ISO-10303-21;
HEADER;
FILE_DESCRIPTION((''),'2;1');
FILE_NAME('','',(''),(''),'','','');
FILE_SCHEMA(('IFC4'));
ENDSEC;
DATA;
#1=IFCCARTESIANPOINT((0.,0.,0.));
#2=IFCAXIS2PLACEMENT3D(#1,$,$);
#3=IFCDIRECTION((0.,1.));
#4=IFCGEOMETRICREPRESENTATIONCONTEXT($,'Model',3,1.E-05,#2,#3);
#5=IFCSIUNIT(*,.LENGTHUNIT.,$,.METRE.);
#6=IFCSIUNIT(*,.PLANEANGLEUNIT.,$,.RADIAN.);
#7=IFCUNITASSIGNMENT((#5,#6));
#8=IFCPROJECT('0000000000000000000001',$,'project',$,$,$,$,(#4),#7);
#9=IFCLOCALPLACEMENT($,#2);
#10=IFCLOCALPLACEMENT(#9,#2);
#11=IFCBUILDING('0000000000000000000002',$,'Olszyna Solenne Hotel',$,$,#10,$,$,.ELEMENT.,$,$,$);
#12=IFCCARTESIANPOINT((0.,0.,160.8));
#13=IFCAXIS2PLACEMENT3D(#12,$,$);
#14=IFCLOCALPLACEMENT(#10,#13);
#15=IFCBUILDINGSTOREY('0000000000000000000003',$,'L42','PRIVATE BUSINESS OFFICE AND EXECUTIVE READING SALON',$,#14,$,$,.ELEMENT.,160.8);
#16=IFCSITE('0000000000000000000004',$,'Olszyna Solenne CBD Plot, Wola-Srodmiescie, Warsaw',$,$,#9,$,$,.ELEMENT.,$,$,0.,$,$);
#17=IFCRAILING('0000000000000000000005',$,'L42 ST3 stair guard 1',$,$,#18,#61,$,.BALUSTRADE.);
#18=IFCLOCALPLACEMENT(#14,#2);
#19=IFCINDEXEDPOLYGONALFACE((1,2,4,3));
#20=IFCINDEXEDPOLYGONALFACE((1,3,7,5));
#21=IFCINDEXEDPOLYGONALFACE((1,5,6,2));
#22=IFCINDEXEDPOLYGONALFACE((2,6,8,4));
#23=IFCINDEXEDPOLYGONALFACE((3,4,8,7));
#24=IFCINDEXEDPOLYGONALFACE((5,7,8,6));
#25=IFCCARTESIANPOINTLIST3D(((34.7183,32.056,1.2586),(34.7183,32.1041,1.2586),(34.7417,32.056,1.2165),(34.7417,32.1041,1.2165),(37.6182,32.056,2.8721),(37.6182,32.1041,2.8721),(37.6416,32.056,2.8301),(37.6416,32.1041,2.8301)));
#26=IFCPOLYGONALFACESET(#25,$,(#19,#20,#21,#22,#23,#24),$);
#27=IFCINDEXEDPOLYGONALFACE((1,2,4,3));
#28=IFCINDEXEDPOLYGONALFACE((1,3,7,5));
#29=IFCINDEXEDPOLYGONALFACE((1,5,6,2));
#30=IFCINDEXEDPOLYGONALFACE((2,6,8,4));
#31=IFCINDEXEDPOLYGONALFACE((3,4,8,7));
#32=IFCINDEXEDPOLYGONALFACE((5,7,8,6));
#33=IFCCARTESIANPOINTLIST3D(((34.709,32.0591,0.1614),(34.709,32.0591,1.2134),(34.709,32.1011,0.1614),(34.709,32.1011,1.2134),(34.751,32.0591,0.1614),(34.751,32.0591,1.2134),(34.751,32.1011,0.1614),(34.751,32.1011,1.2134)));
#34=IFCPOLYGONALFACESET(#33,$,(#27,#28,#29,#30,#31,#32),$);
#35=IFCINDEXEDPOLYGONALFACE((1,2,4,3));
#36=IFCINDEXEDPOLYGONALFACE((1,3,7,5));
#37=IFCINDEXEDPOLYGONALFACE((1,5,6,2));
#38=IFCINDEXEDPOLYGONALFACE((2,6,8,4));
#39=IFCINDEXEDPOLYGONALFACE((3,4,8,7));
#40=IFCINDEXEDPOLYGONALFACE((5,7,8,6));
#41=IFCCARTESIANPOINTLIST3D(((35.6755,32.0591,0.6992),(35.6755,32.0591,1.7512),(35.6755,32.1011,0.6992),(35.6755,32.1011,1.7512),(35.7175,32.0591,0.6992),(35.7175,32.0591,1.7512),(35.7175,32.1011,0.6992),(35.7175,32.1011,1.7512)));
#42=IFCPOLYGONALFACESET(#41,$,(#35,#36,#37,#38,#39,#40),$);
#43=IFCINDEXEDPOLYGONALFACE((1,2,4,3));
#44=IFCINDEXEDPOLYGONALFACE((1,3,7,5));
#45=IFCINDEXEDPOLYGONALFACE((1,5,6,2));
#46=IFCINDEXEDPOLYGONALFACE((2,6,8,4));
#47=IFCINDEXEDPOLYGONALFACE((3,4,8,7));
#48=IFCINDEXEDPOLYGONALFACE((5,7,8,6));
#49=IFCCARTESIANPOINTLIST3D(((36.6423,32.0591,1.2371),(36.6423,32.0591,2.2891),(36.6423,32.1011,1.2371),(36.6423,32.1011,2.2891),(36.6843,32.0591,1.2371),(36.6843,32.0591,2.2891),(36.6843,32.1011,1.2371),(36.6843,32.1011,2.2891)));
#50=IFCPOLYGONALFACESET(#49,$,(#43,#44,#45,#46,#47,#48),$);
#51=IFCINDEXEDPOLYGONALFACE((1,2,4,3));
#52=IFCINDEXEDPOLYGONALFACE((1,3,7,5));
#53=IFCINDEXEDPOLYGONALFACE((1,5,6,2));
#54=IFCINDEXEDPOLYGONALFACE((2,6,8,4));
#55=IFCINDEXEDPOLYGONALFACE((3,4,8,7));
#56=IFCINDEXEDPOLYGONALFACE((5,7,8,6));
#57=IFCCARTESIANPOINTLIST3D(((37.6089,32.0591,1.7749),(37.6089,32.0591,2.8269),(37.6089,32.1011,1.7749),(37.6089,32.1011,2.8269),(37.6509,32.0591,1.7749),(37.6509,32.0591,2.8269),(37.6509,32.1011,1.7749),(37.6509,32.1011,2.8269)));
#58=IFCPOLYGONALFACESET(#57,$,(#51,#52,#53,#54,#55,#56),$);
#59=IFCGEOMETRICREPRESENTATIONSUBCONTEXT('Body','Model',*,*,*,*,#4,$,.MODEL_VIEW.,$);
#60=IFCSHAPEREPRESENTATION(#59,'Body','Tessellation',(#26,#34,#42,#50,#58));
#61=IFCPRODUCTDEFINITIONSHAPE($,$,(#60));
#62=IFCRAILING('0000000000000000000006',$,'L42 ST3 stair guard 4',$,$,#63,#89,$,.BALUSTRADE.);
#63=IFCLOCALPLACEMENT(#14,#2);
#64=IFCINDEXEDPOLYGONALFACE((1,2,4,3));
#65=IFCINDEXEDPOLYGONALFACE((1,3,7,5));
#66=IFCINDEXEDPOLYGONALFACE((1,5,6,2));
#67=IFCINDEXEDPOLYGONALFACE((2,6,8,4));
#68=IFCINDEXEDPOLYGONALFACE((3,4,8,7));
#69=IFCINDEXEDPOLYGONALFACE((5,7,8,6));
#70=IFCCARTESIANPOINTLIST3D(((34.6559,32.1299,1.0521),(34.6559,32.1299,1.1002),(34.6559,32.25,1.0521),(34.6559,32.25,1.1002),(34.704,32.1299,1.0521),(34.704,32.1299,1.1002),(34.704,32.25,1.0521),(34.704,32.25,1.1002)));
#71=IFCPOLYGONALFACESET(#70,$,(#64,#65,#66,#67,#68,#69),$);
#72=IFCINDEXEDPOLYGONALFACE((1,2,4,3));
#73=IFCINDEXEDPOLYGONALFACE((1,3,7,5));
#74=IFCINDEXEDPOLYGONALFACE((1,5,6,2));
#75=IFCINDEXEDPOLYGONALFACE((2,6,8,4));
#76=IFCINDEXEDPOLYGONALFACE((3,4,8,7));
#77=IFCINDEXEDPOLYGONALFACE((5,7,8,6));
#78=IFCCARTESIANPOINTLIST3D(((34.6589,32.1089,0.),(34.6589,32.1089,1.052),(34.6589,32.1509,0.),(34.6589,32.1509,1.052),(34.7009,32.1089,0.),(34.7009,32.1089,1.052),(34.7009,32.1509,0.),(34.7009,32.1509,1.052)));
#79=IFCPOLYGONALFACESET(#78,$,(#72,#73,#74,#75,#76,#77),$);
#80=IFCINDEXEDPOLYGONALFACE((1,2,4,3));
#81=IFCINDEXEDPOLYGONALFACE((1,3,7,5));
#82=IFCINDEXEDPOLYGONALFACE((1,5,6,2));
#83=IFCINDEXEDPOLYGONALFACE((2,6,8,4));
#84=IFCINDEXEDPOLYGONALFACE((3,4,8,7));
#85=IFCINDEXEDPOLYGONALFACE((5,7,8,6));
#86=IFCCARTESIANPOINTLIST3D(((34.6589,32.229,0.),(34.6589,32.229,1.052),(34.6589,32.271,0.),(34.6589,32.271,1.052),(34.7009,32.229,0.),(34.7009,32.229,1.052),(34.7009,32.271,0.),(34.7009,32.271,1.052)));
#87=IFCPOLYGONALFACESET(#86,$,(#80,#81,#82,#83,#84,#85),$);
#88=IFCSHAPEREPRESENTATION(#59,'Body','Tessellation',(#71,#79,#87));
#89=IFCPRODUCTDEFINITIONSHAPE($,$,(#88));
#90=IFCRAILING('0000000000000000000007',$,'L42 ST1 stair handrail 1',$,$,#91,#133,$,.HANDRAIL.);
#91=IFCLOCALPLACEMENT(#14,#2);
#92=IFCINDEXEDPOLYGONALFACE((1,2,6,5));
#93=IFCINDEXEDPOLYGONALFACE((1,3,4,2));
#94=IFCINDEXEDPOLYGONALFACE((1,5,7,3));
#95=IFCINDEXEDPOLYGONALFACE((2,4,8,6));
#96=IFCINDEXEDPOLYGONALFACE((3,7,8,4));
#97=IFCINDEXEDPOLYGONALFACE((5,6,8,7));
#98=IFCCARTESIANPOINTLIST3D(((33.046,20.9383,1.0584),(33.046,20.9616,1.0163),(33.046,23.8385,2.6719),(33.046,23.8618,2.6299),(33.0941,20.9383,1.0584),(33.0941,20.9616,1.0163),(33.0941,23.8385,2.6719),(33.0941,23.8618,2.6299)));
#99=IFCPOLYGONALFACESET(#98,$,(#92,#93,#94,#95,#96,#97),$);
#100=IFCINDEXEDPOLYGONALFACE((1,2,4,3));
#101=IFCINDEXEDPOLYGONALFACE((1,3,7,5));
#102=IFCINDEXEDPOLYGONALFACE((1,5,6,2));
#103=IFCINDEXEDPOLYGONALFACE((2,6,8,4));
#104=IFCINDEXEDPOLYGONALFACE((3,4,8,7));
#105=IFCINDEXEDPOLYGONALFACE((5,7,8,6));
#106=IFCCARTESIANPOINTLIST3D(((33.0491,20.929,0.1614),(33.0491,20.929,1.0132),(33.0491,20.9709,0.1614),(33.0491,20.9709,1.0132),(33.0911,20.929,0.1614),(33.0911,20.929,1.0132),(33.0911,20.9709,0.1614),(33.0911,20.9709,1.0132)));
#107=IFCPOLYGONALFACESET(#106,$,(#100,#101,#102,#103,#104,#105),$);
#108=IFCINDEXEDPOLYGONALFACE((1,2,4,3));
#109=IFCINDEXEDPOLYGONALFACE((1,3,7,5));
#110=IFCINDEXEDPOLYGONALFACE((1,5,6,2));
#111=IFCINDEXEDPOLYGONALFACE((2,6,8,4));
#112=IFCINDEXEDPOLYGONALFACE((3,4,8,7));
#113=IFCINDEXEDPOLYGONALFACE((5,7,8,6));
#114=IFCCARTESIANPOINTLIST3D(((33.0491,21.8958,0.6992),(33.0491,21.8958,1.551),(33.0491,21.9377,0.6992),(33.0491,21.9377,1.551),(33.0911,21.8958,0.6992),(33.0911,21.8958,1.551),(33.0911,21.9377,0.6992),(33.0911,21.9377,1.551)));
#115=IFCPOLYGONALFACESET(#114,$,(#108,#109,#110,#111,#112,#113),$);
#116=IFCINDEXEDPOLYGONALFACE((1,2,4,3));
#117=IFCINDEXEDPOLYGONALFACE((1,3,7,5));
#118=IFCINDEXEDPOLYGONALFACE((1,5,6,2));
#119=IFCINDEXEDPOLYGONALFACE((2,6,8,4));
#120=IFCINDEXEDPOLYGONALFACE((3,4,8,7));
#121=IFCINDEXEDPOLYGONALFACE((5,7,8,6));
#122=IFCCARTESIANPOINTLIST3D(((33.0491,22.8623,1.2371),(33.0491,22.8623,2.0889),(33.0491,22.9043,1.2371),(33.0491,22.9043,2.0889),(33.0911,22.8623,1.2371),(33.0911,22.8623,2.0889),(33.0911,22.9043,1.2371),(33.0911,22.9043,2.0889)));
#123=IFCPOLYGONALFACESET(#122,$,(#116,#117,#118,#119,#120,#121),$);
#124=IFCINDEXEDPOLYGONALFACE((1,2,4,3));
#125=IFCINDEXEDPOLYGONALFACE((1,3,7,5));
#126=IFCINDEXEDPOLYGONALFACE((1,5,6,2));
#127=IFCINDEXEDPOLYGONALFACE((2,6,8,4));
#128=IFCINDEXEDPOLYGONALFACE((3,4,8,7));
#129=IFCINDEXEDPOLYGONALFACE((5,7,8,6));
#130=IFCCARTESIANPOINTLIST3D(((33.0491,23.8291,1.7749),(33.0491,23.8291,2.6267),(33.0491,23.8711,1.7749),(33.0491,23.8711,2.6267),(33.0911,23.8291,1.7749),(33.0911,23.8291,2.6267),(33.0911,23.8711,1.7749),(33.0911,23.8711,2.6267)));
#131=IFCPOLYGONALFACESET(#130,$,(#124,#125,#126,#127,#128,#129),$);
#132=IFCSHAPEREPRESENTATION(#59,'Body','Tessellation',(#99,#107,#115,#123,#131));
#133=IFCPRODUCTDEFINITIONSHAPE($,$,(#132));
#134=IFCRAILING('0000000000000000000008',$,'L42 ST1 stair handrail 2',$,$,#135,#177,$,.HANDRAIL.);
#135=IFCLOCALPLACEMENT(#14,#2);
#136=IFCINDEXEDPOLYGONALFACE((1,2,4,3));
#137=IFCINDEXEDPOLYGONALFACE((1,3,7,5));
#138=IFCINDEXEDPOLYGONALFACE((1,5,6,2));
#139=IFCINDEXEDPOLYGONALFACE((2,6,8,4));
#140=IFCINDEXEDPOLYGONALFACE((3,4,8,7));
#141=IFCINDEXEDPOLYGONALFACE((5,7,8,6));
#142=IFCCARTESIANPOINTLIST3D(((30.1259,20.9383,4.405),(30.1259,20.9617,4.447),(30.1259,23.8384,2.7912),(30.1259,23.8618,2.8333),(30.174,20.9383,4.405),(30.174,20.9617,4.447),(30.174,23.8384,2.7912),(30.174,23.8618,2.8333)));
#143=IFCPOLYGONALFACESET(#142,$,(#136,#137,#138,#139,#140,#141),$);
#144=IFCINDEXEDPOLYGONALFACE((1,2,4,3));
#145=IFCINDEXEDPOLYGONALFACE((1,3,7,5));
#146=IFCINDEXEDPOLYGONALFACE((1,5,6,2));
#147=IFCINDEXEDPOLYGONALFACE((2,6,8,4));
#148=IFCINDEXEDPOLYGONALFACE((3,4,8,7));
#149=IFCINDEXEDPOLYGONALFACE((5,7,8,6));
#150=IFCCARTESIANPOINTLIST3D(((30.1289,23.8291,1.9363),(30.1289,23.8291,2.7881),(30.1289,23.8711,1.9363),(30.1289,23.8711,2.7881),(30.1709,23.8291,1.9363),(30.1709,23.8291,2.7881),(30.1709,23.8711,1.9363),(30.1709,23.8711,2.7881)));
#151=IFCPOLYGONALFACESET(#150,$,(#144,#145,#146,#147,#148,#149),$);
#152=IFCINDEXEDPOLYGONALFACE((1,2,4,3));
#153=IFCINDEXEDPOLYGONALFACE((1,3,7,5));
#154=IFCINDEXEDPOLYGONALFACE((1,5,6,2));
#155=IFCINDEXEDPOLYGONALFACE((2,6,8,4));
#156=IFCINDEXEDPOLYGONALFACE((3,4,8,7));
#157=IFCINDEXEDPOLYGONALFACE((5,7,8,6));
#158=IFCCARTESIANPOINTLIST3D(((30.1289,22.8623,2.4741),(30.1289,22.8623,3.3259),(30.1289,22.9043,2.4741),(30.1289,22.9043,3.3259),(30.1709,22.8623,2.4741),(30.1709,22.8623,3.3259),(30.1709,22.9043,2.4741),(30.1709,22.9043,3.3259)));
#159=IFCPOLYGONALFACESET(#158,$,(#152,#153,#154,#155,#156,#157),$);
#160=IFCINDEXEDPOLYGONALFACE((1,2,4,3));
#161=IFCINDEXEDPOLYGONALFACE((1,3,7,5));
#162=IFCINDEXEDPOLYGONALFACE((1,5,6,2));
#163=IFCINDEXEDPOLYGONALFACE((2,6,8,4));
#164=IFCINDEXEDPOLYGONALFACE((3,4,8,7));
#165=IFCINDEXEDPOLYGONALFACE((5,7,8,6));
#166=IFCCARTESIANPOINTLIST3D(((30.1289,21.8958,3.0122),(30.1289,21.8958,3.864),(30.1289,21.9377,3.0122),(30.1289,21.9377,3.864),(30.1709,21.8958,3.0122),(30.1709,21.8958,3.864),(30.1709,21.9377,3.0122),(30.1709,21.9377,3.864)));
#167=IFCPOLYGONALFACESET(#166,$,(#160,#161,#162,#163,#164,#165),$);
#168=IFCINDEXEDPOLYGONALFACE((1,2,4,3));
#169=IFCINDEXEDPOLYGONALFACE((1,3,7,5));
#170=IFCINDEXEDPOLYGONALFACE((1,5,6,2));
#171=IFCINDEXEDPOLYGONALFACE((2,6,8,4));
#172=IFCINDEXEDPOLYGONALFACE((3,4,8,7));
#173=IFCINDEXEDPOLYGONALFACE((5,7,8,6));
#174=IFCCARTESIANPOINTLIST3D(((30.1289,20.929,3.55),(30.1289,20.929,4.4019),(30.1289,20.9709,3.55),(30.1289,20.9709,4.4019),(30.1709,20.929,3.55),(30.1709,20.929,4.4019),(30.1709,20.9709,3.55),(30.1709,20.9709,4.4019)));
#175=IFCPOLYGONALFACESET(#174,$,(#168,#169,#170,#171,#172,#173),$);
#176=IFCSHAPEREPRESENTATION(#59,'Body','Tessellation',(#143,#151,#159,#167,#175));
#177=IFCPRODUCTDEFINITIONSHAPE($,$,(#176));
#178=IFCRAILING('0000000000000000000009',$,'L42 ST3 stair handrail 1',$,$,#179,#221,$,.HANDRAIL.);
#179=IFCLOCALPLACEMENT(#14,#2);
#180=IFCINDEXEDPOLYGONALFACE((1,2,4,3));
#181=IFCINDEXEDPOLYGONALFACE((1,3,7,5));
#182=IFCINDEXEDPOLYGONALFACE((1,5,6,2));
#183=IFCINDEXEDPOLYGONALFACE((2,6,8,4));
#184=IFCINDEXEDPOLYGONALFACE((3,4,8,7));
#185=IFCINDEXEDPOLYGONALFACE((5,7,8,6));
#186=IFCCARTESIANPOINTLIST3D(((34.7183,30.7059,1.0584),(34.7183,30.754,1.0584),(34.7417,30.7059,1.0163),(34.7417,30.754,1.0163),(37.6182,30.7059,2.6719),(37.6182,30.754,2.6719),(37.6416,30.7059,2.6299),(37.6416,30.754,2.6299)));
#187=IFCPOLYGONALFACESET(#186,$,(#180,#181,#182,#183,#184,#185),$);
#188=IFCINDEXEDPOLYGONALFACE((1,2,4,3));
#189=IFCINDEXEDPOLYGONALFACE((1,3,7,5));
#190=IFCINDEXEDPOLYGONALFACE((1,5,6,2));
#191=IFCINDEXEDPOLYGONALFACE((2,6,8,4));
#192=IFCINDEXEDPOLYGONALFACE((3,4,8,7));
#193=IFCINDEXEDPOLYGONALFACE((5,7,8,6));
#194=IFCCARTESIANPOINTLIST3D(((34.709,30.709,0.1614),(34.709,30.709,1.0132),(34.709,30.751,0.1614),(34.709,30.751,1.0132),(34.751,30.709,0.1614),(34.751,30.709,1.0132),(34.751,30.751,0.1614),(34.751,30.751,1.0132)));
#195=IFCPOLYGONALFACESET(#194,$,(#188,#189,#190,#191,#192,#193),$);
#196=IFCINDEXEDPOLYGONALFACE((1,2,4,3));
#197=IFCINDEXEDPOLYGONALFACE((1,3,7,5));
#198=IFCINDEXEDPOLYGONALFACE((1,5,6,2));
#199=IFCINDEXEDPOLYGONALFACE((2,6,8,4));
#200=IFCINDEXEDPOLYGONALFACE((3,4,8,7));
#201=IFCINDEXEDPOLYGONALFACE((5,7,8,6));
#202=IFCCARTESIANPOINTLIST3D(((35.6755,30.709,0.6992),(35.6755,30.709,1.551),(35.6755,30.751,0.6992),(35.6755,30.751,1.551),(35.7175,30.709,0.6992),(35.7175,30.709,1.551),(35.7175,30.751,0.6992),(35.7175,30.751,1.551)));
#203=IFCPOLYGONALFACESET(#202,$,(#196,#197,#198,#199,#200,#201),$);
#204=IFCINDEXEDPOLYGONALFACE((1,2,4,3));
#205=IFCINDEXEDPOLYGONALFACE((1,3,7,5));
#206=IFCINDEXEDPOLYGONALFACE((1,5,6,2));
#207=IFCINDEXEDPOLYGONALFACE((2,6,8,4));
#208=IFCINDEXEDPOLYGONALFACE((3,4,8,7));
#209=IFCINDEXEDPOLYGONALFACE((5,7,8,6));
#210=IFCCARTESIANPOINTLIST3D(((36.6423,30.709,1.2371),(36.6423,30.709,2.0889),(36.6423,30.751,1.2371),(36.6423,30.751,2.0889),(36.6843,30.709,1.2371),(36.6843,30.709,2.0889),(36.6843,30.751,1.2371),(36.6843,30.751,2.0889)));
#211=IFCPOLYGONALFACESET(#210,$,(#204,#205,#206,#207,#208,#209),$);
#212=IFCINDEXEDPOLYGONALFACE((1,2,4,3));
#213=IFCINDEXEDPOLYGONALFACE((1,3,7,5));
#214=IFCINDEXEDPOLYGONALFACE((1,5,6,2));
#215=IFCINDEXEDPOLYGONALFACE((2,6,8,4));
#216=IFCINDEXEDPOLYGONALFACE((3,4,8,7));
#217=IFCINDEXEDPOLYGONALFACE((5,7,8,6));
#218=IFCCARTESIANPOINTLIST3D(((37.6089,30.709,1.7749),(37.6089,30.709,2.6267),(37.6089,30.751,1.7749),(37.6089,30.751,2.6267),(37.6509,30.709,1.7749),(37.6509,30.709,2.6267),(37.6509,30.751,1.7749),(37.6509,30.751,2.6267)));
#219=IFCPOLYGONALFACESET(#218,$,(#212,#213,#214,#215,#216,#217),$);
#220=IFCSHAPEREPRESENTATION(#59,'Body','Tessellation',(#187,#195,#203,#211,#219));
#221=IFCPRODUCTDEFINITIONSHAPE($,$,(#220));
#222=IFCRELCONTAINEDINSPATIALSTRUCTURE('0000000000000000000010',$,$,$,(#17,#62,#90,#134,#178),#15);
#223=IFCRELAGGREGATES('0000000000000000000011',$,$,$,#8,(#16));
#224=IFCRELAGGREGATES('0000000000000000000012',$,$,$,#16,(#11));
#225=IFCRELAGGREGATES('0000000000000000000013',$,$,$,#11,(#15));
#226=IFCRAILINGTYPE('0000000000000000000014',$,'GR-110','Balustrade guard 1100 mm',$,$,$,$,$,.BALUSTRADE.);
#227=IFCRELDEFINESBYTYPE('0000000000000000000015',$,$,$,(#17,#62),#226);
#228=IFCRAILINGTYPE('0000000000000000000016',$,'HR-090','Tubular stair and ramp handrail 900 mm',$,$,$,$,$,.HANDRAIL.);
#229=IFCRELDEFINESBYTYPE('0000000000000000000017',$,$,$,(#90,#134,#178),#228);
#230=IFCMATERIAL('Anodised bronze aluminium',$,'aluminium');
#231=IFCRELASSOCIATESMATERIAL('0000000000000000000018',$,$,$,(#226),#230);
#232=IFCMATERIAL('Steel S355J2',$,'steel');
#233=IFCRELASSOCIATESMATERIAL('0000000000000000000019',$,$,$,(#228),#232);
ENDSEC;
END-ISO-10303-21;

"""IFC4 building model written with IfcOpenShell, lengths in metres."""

from ifc_helpers import new_model, si_unit, direction, frame, origin, origin_2d, place, context, subcontext, project, spatial, rectangle, extrude, material, type_object, element, save


model = new_model("IFC4")

# Units and contexts
model_context = context("Model", 3, precision=1e-05, world=origin(), true_north=direction((0.0, 1.0)))
body_context = subcontext(model_context, "Body", "Model", "MODEL_VIEW")
ifc_project = project(units=[si_unit("LENGTHUNIT", "METRE"), si_unit("PLANEANGLEUNIT", "RADIAN")], contexts=[model_context])

# Site, building, storey
site_placement = place(None, origin())
site = spatial("IfcSite", under=ifc_project, at=site_placement, Name="Olszyna Solenne CBD Plot, Wola-Srodmiescie, Warsaw", CompositionType="ELEMENT", RefElevation=0.0)
building_placement = place(site_placement, origin())
building = spatial("IfcBuilding", under=site, at=building_placement, Name="Olszyna Solenne Hotel", CompositionType="ELEMENT")
storey_placement = place(building_placement, frame((0.0, 0.0, 160.8)))
storey = spatial("IfcBuildingStorey", under=building, at=storey_placement, Name="L42", Description="PRIVATE BUSINESS OFFICE AND EXECUTIVE READING SALON", CompositionType="ELEMENT", Elevation=160.8)

# Shared definitions
ifc_material_1 = material(Name="Steel S355J2", Category="steel")

# Railings
ifc_material_2 = material(Name="Anodised bronze aluminium", Category="aluminium")
railing_type_1 = type_object("IfcRailingType", Name="GR-110", Description="Balustrade guard 1100 mm", PredefinedType="BALUSTRADE", material=ifc_material_2)
railing_1_placement = place(storey_placement, frame((34.73, 32.0801, 0.1614)))
element("IfcRailing", 1, at=railing_1_placement, inside=storey, type_object=railing_type_1, Name="L42 ST3 stair guard 1", PredefinedType="BALUSTRADE", context=body_context, shape_type="SweptSolid", body=[
    extrude(rectangle(XDim=0.0481, YDim=0.0481, at=origin_2d()), frame((0.0, 0.0, 1.0762), z_axis=(0.873841, 0.0, 0.486211), x_axis=(0.0, 1.0, 0.0)), (0.0, 0.0, 1.0), 3.3186),
    extrude(rectangle(XDim=0.042, YDim=0.042, at=origin_2d()), origin(), (0.0, 0.0, 1.0), 1.052),
    extrude(rectangle(XDim=0.042, YDim=0.042, at=origin_2d()), frame((0.9666, 0.0, 0.5378)), (0.0, 0.0, 1.0), 1.052),
    extrude(rectangle(XDim=0.042, YDim=0.042, at=origin_2d()), frame((1.9333, 0.0, 1.0757)), (0.0, 0.0, 1.0), 1.052),
    extrude(rectangle(XDim=0.042, YDim=0.042, at=origin_2d()), frame((2.8999, 0.0, 1.6135)), (0.0, 0.0, 1.0), 1.052),
])
railing_2_placement = place(storey_placement, frame((34.6799, 32.1299, 0.0)))
element("IfcRailing", 2, at=railing_2_placement, inside=storey, type_object=railing_type_1, Name="L42 ST3 stair guard 4", PredefinedType="BALUSTRADE", context=body_context, shape_type="SweptSolid", body=[
    extrude(rectangle(XDim=0.0481, YDim=0.0481, at=origin_2d()), frame((0.0, 0.0, 1.0762), z_axis=(0.0, 1.0, 0.0), x_axis=(-1.0, 0.0, 0.0)), (0.0, 0.0, 1.0), 0.1201),
    extrude(rectangle(XDim=0.042, YDim=0.042, at=origin_2d()), origin(), (0.0, 0.0, 1.0), 1.052),
    extrude(rectangle(XDim=0.042, YDim=0.042, at=origin_2d()), frame((0.0, 0.1201, 0.0)), (0.0, 0.0, 1.0), 1.052),
])
railing_type_2 = type_object("IfcRailingType", Name="HR-090", Description="Tubular stair and ramp handrail 900 mm", PredefinedType="HANDRAIL", material=ifc_material_1)
railing_3_placement = place(storey_placement, frame((33.0701, 20.95, 0.1614)))
element("IfcRailing", 3, at=railing_3_placement, inside=storey, type_object=railing_type_2, Name="L42 ST1 stair handrail 1", PredefinedType="HANDRAIL", context=body_context, shape_type="SweptSolid", body=[
    extrude(rectangle(XDim=0.0481, YDim=0.0481, at=origin_2d()), frame((0.0, 0.0, 0.876), z_axis=(0.0, 0.873859, 0.48618), x_axis=(-1.0, 0.0, 0.0)), (0.0, 0.0, 1.0), 3.3188),
    extrude(rectangle(XDim=0.042, YDim=0.042, at=origin_2d()), origin(), (0.0, 0.0, 1.0), 0.8518),
    extrude(rectangle(XDim=0.042, YDim=0.042, at=origin_2d()), frame((0.0, 0.9668, 0.5378)), (0.0, 0.0, 1.0), 0.8518),
    extrude(rectangle(XDim=0.042, YDim=0.042, at=origin_2d()), frame((0.0, 1.9333, 1.0757)), (0.0, 0.0, 1.0), 0.8518),
    extrude(rectangle(XDim=0.042, YDim=0.042, at=origin_2d()), frame((0.0, 2.9001, 1.6135)), (0.0, 0.0, 1.0), 0.8518),
])
railing_4_placement = place(storey_placement, frame((30.1499, 23.8501, 1.9363)))
element("IfcRailing", 4, at=railing_4_placement, inside=storey, type_object=railing_type_2, Name="L42 ST1 stair handrail 2", PredefinedType="HANDRAIL", context=body_context, shape_type="SweptSolid", body=[
    extrude(rectangle(XDim=0.0481, YDim=0.0481, at=origin_2d()), frame((0.0, 0.0, 0.876), z_axis=(0.0, -0.873827, 0.486236), x_axis=(1.0, 0.0, 0.0)), (0.0, 0.0, 1.0), 3.3188),
    extrude(rectangle(XDim=0.042, YDim=0.042, at=origin_2d()), origin(), (0.0, 0.0, 1.0), 0.8518),
    extrude(rectangle(XDim=0.042, YDim=0.042, at=origin_2d()), frame((0.0, -0.9668, 0.5378)), (0.0, 0.0, 1.0), 0.8518),
    extrude(rectangle(XDim=0.042, YDim=0.042, at=origin_2d()), frame((0.0, -1.9333, 1.0759)), (0.0, 0.0, 1.0), 0.8518),
    extrude(rectangle(XDim=0.042, YDim=0.042, at=origin_2d()), frame((0.0, -2.9001, 1.6138)), (0.0, 0.0, 1.0), 0.8518),
])
railing_5_placement = place(storey_placement, frame((34.73, 30.73, 0.1614)))
element("IfcRailing", 5, at=railing_5_placement, inside=storey, type_object=railing_type_2, Name="L42 ST3 stair handrail 1", PredefinedType="HANDRAIL", context=body_context, shape_type="SweptSolid", body=[
    extrude(rectangle(XDim=0.0481, YDim=0.0481, at=origin_2d()), frame((0.0, 0.0, 0.876), z_axis=(0.873841, 0.0, 0.486211), x_axis=(0.0, 1.0, 0.0)), (0.0, 0.0, 1.0), 3.3186),
    extrude(rectangle(XDim=0.042, YDim=0.042, at=origin_2d()), origin(), (0.0, 0.0, 1.0), 0.8518),
    extrude(rectangle(XDim=0.042, YDim=0.042, at=origin_2d()), frame((0.9666, 0.0, 0.5378)), (0.0, 0.0, 1.0), 0.8518),
    extrude(rectangle(XDim=0.042, YDim=0.042, at=origin_2d()), frame((1.9333, 0.0, 1.0757)), (0.0, 0.0, 1.0), 0.8518),
    extrude(rectangle(XDim=0.042, YDim=0.042, at=origin_2d()), frame((2.8999, 0.0, 1.6135)), (0.0, 0.0, 1.0), 0.8518),
])

save(model, "model.ifc")
